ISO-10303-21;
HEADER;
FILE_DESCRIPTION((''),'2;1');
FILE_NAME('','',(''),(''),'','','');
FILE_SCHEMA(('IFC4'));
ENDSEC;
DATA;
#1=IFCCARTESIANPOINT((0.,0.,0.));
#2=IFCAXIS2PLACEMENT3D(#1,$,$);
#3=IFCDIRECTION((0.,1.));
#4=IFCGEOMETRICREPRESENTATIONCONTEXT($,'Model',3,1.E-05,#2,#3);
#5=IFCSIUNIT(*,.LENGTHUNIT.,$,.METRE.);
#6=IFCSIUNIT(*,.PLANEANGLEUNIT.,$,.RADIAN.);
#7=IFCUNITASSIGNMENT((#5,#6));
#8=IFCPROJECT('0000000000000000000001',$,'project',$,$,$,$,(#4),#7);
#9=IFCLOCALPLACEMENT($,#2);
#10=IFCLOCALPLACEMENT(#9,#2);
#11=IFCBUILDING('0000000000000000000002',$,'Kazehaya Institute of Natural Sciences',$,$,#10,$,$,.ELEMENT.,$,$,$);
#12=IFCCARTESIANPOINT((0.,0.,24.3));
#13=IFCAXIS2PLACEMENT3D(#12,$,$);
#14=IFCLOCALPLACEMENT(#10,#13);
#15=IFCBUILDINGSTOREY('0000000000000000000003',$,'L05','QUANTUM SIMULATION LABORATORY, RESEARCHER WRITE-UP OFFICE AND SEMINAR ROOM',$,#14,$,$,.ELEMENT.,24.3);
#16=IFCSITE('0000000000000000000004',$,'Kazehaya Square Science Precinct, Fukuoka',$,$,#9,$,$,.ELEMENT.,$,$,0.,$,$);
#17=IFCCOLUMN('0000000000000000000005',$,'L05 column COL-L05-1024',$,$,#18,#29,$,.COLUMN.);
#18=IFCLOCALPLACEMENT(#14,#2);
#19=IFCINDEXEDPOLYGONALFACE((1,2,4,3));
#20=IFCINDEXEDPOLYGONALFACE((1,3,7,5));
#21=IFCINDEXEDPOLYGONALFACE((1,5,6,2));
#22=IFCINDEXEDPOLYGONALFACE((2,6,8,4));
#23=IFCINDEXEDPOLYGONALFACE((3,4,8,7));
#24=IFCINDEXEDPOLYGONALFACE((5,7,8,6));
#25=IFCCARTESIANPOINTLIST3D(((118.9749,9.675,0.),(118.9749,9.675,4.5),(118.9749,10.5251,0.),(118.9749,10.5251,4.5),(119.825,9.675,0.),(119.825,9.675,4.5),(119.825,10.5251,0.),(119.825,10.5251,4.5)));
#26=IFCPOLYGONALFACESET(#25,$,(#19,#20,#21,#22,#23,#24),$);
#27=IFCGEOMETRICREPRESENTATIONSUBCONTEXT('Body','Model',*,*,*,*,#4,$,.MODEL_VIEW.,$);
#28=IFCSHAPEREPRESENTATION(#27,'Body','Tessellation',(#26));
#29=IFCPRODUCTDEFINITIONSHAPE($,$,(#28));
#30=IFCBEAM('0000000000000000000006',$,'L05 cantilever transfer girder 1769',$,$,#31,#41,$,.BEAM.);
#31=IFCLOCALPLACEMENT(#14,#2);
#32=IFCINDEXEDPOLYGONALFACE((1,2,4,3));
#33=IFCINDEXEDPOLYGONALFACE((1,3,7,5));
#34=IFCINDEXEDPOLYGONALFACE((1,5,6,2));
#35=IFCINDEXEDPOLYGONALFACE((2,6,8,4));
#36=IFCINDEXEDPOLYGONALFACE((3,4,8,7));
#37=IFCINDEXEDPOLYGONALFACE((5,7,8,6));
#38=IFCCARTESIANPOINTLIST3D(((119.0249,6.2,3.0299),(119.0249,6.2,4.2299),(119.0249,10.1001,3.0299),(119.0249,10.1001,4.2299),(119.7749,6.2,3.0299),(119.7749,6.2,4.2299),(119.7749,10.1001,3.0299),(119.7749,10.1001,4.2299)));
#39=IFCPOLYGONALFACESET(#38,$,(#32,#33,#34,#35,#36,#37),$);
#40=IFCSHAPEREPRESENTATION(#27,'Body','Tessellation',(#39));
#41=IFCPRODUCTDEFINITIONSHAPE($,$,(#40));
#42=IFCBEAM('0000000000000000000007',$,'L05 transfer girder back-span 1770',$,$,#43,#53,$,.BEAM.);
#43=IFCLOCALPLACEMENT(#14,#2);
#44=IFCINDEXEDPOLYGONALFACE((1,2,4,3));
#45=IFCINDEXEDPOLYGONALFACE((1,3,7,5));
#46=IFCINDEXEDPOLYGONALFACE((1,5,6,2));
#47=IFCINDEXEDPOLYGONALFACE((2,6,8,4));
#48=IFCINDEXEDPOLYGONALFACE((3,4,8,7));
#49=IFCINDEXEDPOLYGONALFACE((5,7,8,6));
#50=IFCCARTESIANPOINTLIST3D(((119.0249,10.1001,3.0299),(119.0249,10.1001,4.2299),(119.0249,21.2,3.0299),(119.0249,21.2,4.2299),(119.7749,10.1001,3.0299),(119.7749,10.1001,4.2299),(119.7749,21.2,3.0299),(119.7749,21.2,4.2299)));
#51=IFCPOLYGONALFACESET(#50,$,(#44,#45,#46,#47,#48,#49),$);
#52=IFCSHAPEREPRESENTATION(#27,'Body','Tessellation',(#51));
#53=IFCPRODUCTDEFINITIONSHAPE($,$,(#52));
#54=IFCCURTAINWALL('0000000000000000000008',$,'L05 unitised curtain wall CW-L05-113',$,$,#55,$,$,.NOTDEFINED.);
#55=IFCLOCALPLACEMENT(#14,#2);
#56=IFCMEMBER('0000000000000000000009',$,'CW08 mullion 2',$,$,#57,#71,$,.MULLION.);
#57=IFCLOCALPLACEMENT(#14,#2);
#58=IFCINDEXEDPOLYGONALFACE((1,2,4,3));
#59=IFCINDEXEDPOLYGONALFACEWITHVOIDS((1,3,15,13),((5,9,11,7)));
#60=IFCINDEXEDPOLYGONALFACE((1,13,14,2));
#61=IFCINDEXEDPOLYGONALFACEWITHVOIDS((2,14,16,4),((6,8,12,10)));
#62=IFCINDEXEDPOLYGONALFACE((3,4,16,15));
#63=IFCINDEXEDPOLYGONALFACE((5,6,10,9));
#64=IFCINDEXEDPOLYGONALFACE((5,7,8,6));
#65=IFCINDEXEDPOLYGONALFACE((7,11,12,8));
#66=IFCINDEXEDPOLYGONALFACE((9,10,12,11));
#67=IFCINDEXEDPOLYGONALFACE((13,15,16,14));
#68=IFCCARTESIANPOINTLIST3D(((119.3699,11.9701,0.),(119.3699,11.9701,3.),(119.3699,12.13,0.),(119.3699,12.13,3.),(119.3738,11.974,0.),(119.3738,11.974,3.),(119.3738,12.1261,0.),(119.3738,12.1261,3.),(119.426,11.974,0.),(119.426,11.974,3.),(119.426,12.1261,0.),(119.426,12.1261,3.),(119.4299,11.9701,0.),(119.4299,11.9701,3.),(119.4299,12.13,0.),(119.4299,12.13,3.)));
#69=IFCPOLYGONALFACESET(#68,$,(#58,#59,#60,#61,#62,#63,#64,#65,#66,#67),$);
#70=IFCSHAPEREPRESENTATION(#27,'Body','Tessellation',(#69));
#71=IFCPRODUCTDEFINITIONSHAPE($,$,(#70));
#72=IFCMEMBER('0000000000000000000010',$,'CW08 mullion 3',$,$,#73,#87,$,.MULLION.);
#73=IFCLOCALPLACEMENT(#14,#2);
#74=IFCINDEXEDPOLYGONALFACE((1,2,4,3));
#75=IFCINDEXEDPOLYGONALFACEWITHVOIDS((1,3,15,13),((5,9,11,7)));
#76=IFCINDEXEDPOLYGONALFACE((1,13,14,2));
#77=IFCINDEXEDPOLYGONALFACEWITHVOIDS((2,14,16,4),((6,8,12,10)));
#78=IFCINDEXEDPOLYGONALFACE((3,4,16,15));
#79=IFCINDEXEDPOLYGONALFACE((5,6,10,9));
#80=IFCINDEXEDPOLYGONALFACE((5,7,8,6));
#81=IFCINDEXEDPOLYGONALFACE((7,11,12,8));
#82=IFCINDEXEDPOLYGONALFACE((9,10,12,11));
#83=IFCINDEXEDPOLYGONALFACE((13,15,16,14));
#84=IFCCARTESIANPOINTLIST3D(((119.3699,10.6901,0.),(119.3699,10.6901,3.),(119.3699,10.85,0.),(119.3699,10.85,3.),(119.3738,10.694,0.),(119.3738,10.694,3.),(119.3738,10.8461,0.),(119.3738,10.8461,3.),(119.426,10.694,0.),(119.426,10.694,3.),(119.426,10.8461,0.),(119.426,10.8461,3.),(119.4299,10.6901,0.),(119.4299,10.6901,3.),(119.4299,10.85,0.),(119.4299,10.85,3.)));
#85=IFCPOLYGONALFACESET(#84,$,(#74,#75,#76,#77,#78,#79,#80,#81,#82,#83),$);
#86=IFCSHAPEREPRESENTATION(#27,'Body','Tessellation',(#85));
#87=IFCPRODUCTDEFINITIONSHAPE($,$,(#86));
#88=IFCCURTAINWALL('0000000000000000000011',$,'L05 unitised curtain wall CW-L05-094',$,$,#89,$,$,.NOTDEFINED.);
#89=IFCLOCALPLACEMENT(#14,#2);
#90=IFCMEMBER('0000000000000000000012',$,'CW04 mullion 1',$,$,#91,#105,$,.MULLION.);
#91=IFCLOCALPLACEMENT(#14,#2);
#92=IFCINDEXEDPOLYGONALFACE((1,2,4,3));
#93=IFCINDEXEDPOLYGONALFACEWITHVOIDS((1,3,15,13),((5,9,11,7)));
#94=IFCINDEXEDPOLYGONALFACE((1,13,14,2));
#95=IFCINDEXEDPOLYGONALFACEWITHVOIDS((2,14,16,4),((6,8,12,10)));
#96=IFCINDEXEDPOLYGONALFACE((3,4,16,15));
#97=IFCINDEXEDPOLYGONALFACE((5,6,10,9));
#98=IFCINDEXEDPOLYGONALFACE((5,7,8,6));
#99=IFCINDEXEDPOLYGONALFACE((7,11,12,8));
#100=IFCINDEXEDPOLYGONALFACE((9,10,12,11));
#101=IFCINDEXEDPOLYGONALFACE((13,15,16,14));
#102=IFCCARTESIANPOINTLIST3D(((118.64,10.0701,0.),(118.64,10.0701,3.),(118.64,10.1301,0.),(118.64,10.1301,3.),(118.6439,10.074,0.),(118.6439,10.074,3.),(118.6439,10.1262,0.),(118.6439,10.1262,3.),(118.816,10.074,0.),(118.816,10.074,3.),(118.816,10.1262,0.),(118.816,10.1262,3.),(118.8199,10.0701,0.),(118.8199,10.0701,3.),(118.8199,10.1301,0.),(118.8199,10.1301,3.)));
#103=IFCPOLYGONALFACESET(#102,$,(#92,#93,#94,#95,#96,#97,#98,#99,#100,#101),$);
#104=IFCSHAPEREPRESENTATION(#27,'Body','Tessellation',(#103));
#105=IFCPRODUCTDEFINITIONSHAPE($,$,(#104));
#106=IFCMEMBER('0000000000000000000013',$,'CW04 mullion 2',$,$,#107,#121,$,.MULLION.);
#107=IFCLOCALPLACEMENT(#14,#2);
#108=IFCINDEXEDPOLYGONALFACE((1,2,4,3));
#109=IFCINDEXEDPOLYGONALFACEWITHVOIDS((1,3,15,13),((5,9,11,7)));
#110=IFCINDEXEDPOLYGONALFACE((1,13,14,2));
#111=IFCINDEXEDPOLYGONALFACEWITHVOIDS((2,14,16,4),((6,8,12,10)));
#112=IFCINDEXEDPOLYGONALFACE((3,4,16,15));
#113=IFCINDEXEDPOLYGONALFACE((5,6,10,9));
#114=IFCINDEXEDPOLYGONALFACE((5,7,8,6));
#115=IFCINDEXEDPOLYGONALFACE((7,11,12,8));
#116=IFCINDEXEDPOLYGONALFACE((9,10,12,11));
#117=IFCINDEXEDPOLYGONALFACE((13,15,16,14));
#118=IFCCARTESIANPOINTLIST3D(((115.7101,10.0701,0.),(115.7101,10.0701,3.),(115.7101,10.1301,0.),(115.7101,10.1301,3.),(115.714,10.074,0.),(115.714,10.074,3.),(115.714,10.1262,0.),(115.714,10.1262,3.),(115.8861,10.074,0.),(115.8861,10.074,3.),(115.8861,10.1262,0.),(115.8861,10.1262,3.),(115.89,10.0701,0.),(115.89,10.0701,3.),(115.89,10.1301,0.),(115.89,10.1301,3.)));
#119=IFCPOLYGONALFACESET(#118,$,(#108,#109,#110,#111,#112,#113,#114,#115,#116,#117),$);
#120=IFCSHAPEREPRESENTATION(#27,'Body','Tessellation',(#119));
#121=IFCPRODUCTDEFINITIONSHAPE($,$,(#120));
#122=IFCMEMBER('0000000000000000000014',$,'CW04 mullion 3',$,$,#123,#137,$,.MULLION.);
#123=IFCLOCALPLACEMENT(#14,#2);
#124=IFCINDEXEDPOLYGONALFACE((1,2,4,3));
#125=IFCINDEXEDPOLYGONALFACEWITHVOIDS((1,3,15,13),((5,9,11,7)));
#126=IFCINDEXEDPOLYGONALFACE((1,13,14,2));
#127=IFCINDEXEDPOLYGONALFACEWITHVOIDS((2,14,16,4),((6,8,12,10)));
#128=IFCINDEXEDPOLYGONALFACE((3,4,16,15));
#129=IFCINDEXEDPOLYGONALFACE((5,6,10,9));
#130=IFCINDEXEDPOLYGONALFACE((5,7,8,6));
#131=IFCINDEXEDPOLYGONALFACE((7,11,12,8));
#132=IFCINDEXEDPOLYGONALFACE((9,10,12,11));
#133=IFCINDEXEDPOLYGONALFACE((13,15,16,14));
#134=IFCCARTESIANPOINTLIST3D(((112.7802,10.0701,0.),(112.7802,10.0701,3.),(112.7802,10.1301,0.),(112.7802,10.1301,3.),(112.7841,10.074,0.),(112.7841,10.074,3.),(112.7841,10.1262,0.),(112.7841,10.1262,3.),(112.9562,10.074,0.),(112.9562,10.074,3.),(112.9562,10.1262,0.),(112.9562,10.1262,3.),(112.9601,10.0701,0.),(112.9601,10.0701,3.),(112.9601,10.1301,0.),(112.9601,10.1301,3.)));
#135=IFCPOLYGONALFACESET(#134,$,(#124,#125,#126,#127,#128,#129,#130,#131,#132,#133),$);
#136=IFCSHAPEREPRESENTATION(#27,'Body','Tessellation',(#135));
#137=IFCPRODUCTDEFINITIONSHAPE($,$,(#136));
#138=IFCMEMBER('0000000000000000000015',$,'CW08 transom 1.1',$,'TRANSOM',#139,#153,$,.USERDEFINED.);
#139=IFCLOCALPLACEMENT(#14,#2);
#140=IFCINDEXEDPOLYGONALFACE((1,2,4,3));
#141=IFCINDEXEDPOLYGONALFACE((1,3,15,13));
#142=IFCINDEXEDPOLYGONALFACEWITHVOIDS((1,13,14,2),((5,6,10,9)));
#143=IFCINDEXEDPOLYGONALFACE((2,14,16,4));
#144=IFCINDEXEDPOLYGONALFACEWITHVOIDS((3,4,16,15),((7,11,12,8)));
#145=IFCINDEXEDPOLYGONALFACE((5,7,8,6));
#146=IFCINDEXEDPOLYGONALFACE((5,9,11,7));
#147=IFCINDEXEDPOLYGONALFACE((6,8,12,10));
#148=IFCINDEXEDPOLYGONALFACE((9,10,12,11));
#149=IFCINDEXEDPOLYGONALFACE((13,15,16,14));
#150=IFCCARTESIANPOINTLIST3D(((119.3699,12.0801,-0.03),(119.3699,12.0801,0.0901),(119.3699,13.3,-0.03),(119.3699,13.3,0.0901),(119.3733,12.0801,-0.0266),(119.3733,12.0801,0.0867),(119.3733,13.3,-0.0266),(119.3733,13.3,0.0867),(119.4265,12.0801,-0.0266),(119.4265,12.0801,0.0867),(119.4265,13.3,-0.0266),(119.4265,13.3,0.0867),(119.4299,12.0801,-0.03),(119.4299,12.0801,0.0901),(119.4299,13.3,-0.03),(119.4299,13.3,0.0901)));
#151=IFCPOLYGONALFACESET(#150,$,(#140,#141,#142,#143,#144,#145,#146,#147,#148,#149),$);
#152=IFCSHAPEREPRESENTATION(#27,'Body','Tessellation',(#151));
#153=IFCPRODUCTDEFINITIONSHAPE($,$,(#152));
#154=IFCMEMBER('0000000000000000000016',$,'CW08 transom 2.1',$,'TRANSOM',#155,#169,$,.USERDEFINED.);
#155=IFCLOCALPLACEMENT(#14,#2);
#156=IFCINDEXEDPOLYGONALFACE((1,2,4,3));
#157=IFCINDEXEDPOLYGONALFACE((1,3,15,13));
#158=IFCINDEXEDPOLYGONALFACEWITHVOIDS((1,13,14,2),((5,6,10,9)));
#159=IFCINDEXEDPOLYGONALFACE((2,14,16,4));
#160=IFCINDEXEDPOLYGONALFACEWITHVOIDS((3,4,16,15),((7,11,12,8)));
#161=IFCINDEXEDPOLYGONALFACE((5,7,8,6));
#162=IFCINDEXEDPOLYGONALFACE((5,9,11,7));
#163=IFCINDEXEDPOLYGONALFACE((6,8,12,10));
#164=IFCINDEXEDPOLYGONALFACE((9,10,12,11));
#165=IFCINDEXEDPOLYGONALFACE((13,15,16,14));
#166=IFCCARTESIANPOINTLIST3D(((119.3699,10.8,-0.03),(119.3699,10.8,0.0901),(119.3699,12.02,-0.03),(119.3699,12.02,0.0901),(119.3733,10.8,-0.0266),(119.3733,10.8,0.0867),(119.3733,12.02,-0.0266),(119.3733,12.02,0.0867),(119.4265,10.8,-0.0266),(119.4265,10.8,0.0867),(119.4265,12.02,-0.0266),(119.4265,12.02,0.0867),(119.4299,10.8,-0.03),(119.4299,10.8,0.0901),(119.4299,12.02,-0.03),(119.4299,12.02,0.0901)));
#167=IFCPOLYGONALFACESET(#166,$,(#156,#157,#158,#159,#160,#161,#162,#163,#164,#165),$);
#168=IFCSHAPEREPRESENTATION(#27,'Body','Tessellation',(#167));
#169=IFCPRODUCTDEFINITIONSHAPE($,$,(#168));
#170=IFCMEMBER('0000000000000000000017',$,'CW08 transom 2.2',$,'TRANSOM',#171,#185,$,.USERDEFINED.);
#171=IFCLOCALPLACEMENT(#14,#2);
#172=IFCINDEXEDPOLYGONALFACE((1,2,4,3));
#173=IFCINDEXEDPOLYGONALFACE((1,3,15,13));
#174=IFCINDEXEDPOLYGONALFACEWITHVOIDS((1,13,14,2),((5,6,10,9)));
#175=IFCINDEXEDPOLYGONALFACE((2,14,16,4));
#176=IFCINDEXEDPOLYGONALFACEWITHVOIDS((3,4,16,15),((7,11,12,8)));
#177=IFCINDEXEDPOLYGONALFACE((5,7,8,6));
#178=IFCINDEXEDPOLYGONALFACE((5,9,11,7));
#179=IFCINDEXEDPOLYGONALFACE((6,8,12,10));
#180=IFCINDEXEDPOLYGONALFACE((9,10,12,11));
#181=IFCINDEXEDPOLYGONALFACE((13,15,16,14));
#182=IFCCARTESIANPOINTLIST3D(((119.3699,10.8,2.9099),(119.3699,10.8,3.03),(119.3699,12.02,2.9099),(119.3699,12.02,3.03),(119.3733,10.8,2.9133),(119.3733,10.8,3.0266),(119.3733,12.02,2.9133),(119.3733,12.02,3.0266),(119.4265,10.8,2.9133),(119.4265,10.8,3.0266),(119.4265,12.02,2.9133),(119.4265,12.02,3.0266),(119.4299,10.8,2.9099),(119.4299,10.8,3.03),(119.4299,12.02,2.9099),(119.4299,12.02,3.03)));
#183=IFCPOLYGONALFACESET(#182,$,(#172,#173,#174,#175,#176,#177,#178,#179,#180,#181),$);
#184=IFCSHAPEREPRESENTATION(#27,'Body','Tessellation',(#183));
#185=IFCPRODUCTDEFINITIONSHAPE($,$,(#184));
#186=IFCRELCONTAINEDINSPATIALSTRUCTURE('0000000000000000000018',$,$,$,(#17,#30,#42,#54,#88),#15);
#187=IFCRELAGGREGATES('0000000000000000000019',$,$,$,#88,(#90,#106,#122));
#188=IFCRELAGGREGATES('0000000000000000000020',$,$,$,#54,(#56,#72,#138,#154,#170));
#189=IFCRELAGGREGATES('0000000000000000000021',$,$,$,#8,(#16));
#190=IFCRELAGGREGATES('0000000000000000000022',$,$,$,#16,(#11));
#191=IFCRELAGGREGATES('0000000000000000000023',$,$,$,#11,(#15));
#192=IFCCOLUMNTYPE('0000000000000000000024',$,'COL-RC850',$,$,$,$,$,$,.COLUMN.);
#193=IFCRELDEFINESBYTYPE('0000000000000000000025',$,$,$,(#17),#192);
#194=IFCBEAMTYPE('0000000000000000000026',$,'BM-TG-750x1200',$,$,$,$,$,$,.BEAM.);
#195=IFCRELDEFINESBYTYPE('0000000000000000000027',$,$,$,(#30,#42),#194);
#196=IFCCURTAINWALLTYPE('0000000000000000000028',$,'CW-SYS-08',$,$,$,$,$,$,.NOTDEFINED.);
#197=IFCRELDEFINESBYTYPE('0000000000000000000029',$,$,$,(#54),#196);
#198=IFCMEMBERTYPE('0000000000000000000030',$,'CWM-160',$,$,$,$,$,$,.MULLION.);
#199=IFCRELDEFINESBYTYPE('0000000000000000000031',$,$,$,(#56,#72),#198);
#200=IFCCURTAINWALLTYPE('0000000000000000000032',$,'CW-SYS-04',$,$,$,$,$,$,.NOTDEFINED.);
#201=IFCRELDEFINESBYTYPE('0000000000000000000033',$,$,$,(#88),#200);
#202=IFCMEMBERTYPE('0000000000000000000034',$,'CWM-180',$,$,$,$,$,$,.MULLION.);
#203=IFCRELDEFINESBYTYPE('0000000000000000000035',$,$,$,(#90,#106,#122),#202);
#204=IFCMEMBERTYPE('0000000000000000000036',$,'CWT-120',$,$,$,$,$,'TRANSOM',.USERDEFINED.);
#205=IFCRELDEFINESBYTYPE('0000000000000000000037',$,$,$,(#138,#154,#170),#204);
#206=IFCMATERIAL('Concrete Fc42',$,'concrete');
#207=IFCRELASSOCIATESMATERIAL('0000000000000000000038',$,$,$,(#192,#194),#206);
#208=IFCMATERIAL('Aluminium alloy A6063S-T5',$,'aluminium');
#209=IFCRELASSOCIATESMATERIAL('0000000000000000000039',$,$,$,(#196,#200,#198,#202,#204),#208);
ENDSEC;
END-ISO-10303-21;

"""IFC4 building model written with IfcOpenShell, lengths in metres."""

from ifc_helpers import new_model, si_unit, direction, frame, origin, origin_2d, place, context, subcontext, project, spatial, rectangle, hollow_rectangle, extrude, material, material_profile, profile_set, type_object, element, aggregate, save


model = new_model("IFC4")

# Units and contexts
model_context = context("Model", 3, precision=1e-05, world=origin(), true_north=direction((0.0, 1.0)))
body_context = subcontext(model_context, "Body", "Model", "MODEL_VIEW")
ifc_project = project(units=[si_unit("LENGTHUNIT", "METRE"), si_unit("PLANEANGLEUNIT", "RADIAN")], contexts=[model_context])

# Site, building, storey
site_placement = place(None, origin())
site = spatial("IfcSite", under=ifc_project, at=site_placement, Name="Kazehaya Square Science Precinct, Fukuoka", CompositionType="ELEMENT", RefElevation=0.0)
building_placement = place(site_placement, origin())
building = spatial("IfcBuilding", under=site, at=building_placement, Name="Kazehaya Institute of Natural Sciences", CompositionType="ELEMENT")
storey_placement = place(building_placement, frame((0.0, 0.0, 24.3)))
storey = spatial("IfcBuildingStorey", under=building, at=storey_placement, Name="L05", Description="QUANTUM SIMULATION LABORATORY, RESEARCHER WRITE-UP OFFICE AND SEMINAR ROOM", CompositionType="ELEMENT", Elevation=24.3)

# Column
ifc_material_1 = material(Name="Concrete Fc42", Category="concrete")
ifc_material_profile_1 = material_profile(ifc_material_1, rectangle(XDim=0.8501, YDim=0.8501, at=origin_2d()), Name="RC-850x850")
ifc_profile_set_1 = profile_set([ifc_material_profile_1], Name="Concrete Fc42")
column_type = type_object("IfcColumnType", Name="COL-RC850", PredefinedType="COLUMN", material=ifc_profile_set_1)
column_placement = place(storey_placement, frame((119.3999, 10.1001, 0.0), z_axis=(0.0, 0.0, 1.0), x_axis=(1.0, 0.0, 0.0)))
element("IfcColumn", 1, at=column_placement, inside=storey, type_object=column_type, Name="L05 column COL-L05-1024", PredefinedType="COLUMN", context=body_context, shape_type="SweptSolid", body=[
    extrude(rectangle(XDim=0.8501, YDim=0.8501, at=origin_2d()), origin(), (0.0, 0.0, 1.0), 4.5),
])

# Beams
ifc_material_profile_2 = material_profile(ifc_material_1, rectangle(XDim=0.75, YDim=1.2, at=origin_2d()), Name="RC-750x1200")
ifc_profile_set_2 = profile_set([ifc_material_profile_2], Name="Concrete Fc42")
beam_type = type_object("IfcBeamType", Name="BM-TG-750x1200", PredefinedType="BEAM", material=ifc_profile_set_2)
beam_1_placement = place(storey_placement, frame((119.3999, 6.2, 3.6299), z_axis=(0.0, 1.0, 0.0), x_axis=(-1.0, 0.0, 0.0)))
element("IfcBeam", 2, at=beam_1_placement, inside=storey, type_object=beam_type, Name="L05 cantilever transfer girder 1769", PredefinedType="BEAM", context=body_context, shape_type="SweptSolid", body=[
    extrude(rectangle(XDim=0.75, YDim=1.2, at=origin_2d()), origin(), (0.0, 0.0, 1.0), 3.9001),
])
beam_2_placement = place(storey_placement, frame((119.3999, 10.1001, 3.6299), z_axis=(0.0, 1.0, 0.0), x_axis=(-1.0, 0.0, 0.0)))
element("IfcBeam", 3, at=beam_2_placement, inside=storey, type_object=beam_type, Name="L05 transfer girder back-span 1770", PredefinedType="BEAM", context=body_context, shape_type="SweptSolid", body=[
    extrude(rectangle(XDim=0.75, YDim=1.2, at=origin_2d()), origin(), (0.0, 0.0, 1.0), 11.0999),
])

# Curtain walls, members
ifc_material_2 = material(Name="Aluminium alloy A6063S-T5", Category="aluminium")
curtain_wall_type_1 = type_object("IfcCurtainWallType", Name="CW-SYS-08", PredefinedType="NOTDEFINED", material=ifc_material_2)
curtain_wall_1_placement = place(storey_placement, origin())
curtain_wall_1 = element("IfcCurtainWall", 4, at=curtain_wall_1_placement, inside=storey, type_object=curtain_wall_type_1, Name="L05 unitised curtain wall CW-L05-113", PredefinedType="NOTDEFINED")
ifc_material_profile_3 = material_profile(ifc_material_2, hollow_rectangle(XDim=0.0601, YDim=0.1599, WallThickness=0.0039, at=origin_2d()), Name="ALU-60x160x4")
ifc_profile_set_3 = profile_set([ifc_material_profile_3], Name="Aluminium alloy A6063S-T5")
member_type_1 = type_object("IfcMemberType", Name="CWM-160", PredefinedType="MULLION", material=ifc_profile_set_3)
member_1_placement = place(storey_placement, frame((119.3999, 12.05, 0.0), z_axis=(0.0, 0.0, 1.0), x_axis=(1.0, 0.0, 0.0)))
member_1 = element("IfcMember", 5, at=member_1_placement, type_object=member_type_1, Name="CW08 mullion 2", PredefinedType="MULLION", context=body_context, shape_type="SweptSolid", body=[
    extrude(hollow_rectangle(XDim=0.0601, YDim=0.1599, WallThickness=0.0039, at=origin_2d()), origin(), (0.0, 0.0, 1.0), 3.0),
])
member_2_placement = place(storey_placement, frame((119.3999, 10.77, 0.0), z_axis=(0.0, 0.0, 1.0), x_axis=(1.0, 0.0, 0.0)))
member_2 = element("IfcMember", 6, at=member_2_placement, type_object=member_type_1, Name="CW08 mullion 3", PredefinedType="MULLION", context=body_context, shape_type="SweptSolid", body=[
    extrude(hollow_rectangle(XDim=0.0601, YDim=0.1599, WallThickness=0.0039, at=origin_2d()), origin(), (0.0, 0.0, 1.0), 3.0),
])
curtain_wall_type_2 = type_object("IfcCurtainWallType", Name="CW-SYS-04", PredefinedType="NOTDEFINED", material=ifc_material_2)
curtain_wall_2_placement = place(storey_placement, origin())
curtain_wall_2 = element("IfcCurtainWall", 7, at=curtain_wall_2_placement, inside=storey, type_object=curtain_wall_type_2, Name="L05 unitised curtain wall CW-L05-094", PredefinedType="NOTDEFINED")
ifc_material_profile_4 = material_profile(ifc_material_2, hollow_rectangle(XDim=0.0601, YDim=0.1799, WallThickness=0.0039, at=origin_2d()), Name="ALU-60x180x4")
ifc_profile_set_4 = profile_set([ifc_material_profile_4], Name="Aluminium alloy A6063S-T5")
member_type_2 = type_object("IfcMemberType", Name="CWM-180", PredefinedType="MULLION", material=ifc_profile_set_4)
member_3_placement = place(storey_placement, frame((118.73, 10.1001, 0.0), z_axis=(0.0, 0.0, 1.0), x_axis=(0.0, -1.0, 0.0)))
member_3 = element("IfcMember", 8, at=member_3_placement, type_object=member_type_2, Name="CW04 mullion 1", PredefinedType="MULLION", context=body_context, shape_type="SweptSolid", body=[
    extrude(hollow_rectangle(XDim=0.0601, YDim=0.1799, WallThickness=0.0039, at=origin_2d()), origin(), (0.0, 0.0, 1.0), 3.0),
])
member_4_placement = place(storey_placement, frame((115.8, 10.1001, 0.0), z_axis=(0.0, 0.0, 1.0), x_axis=(0.0, -1.0, 0.0)))
member_4 = element("IfcMember", 9, at=member_4_placement, type_object=member_type_2, Name="CW04 mullion 2", PredefinedType="MULLION", context=body_context, shape_type="SweptSolid", body=[
    extrude(hollow_rectangle(XDim=0.0601, YDim=0.1799, WallThickness=0.0039, at=origin_2d()), origin(), (0.0, 0.0, 1.0), 3.0),
])
member_5_placement = place(storey_placement, frame((112.8701, 10.1001, 0.0), z_axis=(0.0, 0.0, 1.0), x_axis=(0.0, -1.0, 0.0)))
member_5 = element("IfcMember", 10, at=member_5_placement, type_object=member_type_2, Name="CW04 mullion 3", PredefinedType="MULLION", context=body_context, shape_type="SweptSolid", body=[
    extrude(hollow_rectangle(XDim=0.0601, YDim=0.1799, WallThickness=0.0039, at=origin_2d()), origin(), (0.0, 0.0, 1.0), 3.0),
])

# Members
ifc_material_profile_5 = material_profile(ifc_material_2, hollow_rectangle(XDim=0.0601, YDim=0.1201, WallThickness=0.0034, at=origin_2d()), Name="ALU-60x120x3.5")
ifc_profile_set_5 = profile_set([ifc_material_profile_5], Name="Aluminium alloy A6063S-T5")
member_type_3 = type_object("IfcMemberType", Name="CWT-120", ElementType="TRANSOM", PredefinedType="USERDEFINED", material=ifc_profile_set_5)
member_6_placement = place(storey_placement, frame((119.3999, 13.3, 0.03), z_axis=(0.0, -1.0, 0.0), x_axis=(1.0, 0.0, 0.0)))
member_6 = element("IfcMember", 11, at=member_6_placement, type_object=member_type_3, Name="CW08 transom 1.1", ObjectType="TRANSOM", PredefinedType="USERDEFINED", context=body_context, shape_type="SweptSolid", body=[
    extrude(hollow_rectangle(XDim=0.0601, YDim=0.1201, WallThickness=0.0034, at=origin_2d()), origin(), (0.0, 0.0, 1.0), 1.22),
])
member_7_placement = place(storey_placement, frame((119.3999, 12.02, 0.03), z_axis=(0.0, -1.0, 0.0), x_axis=(1.0, 0.0, 0.0)))
member_7 = element("IfcMember", 12, at=member_7_placement, type_object=member_type_3, Name="CW08 transom 2.1", ObjectType="TRANSOM", PredefinedType="USERDEFINED", context=body_context, shape_type="SweptSolid", body=[
    extrude(hollow_rectangle(XDim=0.0601, YDim=0.1201, WallThickness=0.0034, at=origin_2d()), origin(), (0.0, 0.0, 1.0), 1.22),
])
member_8_placement = place(storey_placement, frame((119.3999, 12.02, 2.97), z_axis=(0.0, -1.0, 0.0), x_axis=(1.0, 0.0, 0.0)))
member_8 = element("IfcMember", 13, at=member_8_placement, type_object=member_type_3, Name="CW08 transom 2.2", ObjectType="TRANSOM", PredefinedType="USERDEFINED", context=body_context, shape_type="SweptSolid", body=[
    extrude(hollow_rectangle(XDim=0.0601, YDim=0.1201, WallThickness=0.0034, at=origin_2d()), origin(), (0.0, 0.0, 1.0), 1.22),
])

aggregate(curtain_wall_2, [member_3, member_4, member_5])
aggregate(curtain_wall_1, [member_1, member_2, member_6, member_7, member_8])

save(model, "model.ifc")
